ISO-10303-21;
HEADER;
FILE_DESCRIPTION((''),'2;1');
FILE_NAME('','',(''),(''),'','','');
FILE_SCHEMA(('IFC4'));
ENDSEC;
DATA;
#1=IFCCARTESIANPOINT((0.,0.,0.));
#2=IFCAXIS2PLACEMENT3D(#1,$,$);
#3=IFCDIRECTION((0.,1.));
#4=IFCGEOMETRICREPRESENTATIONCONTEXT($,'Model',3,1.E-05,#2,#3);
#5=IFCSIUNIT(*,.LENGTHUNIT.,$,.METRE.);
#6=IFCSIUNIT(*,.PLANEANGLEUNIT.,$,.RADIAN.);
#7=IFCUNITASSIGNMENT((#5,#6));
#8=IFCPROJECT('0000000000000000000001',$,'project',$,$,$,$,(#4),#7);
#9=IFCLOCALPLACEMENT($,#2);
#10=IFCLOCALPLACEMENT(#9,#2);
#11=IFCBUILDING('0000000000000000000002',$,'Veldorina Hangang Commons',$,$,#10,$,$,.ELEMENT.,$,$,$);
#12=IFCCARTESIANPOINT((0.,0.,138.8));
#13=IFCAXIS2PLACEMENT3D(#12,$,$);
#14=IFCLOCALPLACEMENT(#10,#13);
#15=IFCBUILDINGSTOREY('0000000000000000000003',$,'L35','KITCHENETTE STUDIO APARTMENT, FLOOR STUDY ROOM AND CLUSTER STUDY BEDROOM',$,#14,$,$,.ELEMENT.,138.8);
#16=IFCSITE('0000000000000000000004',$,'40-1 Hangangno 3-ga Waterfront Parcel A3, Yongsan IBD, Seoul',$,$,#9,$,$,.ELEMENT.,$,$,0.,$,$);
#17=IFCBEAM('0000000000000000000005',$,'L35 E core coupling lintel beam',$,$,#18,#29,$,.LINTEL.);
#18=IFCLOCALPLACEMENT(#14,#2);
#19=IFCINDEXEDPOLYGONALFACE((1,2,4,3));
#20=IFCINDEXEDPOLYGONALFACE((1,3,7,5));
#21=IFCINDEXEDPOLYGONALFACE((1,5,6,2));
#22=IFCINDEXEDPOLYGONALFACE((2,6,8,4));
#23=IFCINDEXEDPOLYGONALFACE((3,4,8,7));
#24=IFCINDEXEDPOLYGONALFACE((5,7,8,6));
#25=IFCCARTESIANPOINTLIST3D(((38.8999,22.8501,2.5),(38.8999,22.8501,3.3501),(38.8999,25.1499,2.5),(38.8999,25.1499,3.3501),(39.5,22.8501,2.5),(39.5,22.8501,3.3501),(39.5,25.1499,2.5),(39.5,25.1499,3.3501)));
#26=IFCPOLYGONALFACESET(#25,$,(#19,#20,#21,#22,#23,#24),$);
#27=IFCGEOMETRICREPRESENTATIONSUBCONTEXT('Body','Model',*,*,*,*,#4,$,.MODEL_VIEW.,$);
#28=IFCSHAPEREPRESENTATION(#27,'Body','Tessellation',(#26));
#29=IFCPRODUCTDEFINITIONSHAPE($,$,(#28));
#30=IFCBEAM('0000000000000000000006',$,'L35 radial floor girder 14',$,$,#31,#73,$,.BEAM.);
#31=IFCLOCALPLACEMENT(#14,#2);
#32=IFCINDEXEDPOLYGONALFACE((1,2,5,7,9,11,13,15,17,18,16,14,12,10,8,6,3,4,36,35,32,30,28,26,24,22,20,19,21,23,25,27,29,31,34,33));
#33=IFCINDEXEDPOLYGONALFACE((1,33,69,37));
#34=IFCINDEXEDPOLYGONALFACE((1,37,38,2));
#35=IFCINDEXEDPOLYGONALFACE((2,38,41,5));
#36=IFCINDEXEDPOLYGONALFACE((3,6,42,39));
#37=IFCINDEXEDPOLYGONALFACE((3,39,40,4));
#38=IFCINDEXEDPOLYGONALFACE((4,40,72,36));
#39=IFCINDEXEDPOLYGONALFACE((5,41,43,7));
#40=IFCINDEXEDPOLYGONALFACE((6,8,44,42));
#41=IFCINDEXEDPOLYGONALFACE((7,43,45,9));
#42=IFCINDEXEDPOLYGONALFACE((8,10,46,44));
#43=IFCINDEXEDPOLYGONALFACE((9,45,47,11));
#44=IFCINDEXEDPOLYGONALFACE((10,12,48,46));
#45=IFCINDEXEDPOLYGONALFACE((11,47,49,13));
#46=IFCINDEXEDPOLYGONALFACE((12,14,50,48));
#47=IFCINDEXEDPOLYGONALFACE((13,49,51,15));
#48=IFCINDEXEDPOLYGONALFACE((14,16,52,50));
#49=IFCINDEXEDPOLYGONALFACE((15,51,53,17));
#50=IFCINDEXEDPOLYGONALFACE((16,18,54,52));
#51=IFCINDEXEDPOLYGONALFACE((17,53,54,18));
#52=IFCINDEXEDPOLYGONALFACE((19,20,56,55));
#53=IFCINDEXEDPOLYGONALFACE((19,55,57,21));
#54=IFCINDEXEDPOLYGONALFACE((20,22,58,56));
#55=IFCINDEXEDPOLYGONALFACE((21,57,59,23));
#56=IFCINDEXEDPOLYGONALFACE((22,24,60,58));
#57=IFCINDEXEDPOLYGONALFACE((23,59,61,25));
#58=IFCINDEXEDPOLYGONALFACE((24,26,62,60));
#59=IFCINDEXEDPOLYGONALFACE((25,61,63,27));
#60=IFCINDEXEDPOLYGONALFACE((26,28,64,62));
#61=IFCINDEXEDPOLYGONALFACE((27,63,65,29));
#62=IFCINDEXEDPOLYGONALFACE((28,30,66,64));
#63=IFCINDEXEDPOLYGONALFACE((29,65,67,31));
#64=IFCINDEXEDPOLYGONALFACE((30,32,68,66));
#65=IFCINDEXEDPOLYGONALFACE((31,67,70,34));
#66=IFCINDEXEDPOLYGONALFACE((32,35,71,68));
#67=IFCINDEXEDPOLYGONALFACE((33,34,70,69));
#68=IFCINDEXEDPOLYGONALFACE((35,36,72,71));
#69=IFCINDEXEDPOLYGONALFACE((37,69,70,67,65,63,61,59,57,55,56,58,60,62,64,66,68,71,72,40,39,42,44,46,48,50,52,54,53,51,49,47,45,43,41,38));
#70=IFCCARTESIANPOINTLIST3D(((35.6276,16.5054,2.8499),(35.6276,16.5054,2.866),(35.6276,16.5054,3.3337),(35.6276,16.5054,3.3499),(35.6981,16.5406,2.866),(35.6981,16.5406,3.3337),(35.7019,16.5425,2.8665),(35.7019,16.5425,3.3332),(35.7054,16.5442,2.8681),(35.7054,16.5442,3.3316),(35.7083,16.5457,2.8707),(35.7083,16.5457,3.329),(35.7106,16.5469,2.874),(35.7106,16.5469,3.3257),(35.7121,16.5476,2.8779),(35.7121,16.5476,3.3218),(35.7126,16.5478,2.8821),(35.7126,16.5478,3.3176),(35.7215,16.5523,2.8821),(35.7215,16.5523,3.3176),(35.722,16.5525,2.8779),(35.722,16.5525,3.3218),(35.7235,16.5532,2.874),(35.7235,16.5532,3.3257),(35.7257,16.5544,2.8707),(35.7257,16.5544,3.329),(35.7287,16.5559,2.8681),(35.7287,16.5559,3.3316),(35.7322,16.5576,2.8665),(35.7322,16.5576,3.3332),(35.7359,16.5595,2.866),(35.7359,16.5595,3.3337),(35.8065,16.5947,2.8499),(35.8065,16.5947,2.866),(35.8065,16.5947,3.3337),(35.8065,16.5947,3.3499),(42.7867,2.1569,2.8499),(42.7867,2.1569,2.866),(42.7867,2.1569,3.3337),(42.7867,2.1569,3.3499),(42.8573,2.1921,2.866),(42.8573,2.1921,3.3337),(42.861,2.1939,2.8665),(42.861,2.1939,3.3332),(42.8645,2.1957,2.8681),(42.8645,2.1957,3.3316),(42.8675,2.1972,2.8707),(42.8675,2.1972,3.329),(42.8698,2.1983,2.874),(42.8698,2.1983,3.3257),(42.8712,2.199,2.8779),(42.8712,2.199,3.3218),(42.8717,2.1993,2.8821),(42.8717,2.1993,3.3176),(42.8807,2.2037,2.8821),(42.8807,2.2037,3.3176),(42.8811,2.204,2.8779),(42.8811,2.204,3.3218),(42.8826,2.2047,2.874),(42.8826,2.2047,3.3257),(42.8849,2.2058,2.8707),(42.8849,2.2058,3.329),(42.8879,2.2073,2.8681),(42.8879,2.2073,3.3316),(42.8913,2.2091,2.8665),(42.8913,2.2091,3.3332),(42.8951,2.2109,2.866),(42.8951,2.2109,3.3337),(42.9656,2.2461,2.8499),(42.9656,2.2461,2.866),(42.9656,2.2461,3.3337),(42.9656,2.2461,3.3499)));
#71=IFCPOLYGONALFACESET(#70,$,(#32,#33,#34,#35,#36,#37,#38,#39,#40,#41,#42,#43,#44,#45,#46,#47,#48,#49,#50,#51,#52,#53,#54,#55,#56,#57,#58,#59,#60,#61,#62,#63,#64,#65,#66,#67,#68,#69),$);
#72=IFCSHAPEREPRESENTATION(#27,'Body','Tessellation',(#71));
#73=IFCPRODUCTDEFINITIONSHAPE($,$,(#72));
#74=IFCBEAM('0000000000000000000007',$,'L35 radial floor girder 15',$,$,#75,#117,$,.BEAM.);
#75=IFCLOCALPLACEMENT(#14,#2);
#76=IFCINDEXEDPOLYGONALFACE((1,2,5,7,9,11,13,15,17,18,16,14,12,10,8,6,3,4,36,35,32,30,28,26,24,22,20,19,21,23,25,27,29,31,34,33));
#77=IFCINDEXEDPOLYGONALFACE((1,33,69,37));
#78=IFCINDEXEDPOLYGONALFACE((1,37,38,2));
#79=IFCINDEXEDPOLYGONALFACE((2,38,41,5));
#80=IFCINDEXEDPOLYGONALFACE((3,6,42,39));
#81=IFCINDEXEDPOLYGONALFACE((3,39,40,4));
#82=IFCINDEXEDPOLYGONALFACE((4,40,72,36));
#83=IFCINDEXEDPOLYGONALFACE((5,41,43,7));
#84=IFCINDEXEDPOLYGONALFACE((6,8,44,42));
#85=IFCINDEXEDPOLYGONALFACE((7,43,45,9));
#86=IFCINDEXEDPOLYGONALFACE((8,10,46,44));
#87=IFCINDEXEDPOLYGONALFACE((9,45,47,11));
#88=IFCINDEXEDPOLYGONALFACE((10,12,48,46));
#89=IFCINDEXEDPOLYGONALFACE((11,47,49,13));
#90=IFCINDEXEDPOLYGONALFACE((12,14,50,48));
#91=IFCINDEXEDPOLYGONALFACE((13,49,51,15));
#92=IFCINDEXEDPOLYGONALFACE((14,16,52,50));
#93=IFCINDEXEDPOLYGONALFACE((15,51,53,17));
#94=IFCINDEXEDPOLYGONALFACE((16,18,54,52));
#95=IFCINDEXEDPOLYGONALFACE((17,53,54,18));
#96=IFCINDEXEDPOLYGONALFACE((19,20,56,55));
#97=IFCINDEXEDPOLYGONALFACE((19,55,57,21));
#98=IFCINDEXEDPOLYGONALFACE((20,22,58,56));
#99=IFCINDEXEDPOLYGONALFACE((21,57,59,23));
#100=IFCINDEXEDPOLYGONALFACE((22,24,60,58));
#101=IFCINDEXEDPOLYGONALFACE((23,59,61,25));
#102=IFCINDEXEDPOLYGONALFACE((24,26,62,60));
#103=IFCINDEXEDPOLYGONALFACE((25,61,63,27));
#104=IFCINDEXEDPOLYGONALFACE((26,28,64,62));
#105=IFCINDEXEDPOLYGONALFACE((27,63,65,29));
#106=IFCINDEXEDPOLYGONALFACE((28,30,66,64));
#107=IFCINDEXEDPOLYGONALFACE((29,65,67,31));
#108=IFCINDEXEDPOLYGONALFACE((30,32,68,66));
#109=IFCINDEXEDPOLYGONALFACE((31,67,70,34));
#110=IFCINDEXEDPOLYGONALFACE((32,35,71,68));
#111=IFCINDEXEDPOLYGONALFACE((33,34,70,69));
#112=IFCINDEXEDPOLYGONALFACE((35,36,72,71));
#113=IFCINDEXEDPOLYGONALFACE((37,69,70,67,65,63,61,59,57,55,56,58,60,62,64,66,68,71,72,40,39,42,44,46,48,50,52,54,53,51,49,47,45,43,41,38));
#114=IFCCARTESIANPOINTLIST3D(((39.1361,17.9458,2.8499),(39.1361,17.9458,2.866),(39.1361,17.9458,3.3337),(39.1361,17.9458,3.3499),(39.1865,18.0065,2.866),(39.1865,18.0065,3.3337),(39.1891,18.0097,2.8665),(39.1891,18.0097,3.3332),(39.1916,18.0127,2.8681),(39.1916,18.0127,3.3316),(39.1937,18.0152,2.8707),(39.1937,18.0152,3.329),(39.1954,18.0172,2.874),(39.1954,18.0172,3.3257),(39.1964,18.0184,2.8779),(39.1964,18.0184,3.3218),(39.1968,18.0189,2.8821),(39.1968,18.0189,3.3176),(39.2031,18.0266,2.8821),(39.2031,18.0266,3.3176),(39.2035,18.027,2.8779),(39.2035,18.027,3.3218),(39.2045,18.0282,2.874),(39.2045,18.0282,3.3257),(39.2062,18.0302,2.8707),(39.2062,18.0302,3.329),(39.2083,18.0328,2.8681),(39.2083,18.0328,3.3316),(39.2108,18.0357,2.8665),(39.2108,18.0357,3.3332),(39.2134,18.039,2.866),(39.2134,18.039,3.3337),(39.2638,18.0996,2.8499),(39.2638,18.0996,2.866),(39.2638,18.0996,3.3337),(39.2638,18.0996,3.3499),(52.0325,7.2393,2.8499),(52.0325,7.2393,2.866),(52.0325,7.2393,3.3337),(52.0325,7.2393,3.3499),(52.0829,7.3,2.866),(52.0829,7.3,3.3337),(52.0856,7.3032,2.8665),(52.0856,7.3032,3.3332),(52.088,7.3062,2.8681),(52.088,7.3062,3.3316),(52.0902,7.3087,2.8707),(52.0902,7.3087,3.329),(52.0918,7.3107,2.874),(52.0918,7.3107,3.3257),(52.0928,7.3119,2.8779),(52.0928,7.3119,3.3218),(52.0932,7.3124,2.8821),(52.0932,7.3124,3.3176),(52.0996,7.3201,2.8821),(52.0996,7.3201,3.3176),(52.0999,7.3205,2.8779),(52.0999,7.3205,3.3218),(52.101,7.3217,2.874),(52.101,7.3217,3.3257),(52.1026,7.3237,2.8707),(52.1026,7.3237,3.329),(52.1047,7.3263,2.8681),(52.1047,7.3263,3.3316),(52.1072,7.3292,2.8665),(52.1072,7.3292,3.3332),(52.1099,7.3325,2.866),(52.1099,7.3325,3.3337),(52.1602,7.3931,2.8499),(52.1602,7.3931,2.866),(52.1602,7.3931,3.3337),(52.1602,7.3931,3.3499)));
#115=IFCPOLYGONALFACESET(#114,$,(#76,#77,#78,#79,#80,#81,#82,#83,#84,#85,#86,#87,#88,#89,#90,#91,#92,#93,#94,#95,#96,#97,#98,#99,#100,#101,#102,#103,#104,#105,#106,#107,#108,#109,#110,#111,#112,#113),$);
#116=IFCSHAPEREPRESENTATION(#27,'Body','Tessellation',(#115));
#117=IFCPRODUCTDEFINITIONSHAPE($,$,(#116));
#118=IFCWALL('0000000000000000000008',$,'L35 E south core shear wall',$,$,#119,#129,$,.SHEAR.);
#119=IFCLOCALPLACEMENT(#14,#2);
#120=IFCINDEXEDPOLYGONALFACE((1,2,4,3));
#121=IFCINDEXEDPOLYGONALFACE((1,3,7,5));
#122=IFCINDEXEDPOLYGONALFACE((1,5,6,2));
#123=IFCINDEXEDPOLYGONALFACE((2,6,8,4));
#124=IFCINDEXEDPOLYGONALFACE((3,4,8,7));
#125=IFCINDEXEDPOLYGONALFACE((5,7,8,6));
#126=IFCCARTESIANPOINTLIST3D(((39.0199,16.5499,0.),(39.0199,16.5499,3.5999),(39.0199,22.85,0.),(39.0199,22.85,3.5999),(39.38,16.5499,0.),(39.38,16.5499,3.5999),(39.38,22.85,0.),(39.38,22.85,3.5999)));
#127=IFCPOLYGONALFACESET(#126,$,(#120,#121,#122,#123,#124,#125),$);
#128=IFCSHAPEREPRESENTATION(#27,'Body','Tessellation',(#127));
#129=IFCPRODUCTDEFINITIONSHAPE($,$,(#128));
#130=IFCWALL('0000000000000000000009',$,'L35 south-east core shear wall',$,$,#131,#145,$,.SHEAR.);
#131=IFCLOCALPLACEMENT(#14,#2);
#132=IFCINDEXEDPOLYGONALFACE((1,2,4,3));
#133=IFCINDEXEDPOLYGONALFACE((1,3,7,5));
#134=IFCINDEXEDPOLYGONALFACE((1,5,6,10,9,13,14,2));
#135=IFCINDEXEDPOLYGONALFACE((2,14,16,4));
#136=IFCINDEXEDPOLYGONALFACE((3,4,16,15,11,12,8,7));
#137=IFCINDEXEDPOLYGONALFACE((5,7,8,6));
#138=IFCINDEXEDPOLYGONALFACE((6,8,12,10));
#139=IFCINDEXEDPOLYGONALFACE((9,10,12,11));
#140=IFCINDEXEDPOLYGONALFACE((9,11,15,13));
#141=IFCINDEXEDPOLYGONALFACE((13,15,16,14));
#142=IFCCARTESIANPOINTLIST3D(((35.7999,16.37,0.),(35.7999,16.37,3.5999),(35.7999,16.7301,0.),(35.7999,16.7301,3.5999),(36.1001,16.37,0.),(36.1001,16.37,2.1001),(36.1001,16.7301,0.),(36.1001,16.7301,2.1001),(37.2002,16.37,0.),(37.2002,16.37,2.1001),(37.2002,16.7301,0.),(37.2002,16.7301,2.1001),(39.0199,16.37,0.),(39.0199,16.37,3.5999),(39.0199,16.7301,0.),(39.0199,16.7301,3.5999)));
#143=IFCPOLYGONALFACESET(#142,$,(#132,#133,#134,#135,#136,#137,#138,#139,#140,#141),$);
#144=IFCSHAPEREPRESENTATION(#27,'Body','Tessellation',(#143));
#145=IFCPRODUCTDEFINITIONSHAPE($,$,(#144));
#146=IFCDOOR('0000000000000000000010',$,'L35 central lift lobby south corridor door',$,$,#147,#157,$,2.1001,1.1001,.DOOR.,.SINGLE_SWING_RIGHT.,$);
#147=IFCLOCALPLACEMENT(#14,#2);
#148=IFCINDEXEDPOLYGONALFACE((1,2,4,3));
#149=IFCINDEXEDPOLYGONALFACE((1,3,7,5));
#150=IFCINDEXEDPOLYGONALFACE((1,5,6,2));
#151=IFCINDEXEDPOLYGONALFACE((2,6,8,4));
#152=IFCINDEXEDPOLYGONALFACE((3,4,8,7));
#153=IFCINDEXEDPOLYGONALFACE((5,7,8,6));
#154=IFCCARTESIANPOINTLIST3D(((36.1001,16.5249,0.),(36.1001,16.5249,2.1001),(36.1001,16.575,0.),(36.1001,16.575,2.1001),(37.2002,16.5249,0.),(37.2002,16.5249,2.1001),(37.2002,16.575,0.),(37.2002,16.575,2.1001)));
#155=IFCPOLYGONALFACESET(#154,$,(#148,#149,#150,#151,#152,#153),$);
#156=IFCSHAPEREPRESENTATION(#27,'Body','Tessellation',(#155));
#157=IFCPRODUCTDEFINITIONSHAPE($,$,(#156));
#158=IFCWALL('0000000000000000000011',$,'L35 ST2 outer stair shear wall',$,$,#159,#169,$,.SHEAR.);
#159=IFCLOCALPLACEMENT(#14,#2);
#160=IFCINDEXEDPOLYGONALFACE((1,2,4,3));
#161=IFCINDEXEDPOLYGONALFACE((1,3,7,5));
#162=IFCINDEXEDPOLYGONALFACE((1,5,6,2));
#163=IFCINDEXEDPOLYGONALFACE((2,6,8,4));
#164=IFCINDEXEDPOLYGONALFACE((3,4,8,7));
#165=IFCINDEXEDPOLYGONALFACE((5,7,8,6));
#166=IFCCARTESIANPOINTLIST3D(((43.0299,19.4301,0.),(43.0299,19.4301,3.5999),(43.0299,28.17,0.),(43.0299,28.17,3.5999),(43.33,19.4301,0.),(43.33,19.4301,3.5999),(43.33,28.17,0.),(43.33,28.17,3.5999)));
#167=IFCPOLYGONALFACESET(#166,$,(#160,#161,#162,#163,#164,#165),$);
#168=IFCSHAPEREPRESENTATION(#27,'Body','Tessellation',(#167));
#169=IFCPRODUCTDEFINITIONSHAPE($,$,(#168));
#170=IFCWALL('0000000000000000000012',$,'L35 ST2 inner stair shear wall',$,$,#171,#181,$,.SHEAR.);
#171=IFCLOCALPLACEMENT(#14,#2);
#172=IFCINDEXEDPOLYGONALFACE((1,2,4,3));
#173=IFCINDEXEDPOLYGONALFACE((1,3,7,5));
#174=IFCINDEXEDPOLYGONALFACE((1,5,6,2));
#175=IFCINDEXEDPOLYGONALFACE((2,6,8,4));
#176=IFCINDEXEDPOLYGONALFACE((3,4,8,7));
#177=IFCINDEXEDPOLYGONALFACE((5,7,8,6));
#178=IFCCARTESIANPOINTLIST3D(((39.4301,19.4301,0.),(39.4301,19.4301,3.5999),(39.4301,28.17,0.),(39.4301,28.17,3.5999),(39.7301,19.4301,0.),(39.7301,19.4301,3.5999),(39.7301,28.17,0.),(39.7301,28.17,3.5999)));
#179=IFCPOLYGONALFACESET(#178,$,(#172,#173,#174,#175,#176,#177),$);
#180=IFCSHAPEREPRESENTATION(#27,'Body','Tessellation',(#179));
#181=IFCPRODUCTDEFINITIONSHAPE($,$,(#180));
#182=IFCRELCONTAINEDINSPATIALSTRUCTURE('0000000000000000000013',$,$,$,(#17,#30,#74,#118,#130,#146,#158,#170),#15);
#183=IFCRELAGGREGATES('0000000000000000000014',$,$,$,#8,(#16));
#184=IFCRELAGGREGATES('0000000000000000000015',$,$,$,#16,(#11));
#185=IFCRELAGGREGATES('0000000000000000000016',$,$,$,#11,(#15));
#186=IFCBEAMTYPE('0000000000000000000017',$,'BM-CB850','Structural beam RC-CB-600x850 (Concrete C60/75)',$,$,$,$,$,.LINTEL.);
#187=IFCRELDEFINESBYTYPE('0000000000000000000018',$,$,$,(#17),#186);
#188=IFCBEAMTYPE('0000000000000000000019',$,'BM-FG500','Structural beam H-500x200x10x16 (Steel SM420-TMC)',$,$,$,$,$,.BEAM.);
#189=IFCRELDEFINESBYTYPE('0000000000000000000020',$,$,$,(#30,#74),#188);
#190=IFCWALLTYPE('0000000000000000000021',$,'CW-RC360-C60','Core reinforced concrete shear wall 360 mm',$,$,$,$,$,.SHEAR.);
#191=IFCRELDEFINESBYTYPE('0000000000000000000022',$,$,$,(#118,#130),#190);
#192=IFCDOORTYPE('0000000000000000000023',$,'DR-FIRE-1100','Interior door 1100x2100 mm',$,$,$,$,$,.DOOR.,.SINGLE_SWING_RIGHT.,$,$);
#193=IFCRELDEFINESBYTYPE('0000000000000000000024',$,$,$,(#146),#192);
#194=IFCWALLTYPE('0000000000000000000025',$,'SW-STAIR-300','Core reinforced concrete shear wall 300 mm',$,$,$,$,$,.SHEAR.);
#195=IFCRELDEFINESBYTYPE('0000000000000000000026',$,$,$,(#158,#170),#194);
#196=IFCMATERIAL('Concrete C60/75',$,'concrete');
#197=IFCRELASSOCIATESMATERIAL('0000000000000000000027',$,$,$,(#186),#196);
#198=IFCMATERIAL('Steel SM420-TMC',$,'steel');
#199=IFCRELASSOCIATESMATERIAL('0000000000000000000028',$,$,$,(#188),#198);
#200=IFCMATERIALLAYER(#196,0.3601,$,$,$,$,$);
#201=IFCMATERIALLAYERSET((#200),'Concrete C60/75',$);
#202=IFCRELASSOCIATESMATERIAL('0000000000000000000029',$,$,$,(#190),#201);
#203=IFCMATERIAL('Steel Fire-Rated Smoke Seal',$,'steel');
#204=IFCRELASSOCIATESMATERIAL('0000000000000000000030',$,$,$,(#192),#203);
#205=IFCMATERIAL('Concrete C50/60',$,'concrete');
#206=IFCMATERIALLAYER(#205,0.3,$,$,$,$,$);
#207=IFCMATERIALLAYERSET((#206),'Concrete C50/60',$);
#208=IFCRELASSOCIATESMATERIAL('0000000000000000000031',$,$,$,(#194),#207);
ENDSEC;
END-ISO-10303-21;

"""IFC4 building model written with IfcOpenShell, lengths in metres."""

from ifc_helpers import new_model, si_unit, direction, frame, frame_2d, origin, origin_2d, place, context, subcontext, project, spatial, rectangle, i_section, extrude, material, layer, layer_set, material_profile, profile_set, type_object, element, fill, save


model = new_model("IFC4")

# Units and contexts
model_context = context("Model", 3, precision=1e-05, world=origin(), true_north=direction((0.0, 1.0)))
body_context = subcontext(model_context, "Body", "Model", "MODEL_VIEW")
ifc_project = project(units=[si_unit("LENGTHUNIT", "METRE"), si_unit("PLANEANGLEUNIT", "RADIAN")], contexts=[model_context])

# Site, building, storey
site_placement = place(None, origin())
site = spatial("IfcSite", under=ifc_project, at=site_placement, Name="40-1 Hangangno 3-ga Waterfront Parcel A3, Yongsan IBD, Seoul", CompositionType="ELEMENT", RefElevation=0.0)
building_placement = place(site_placement, origin())
building = spatial("IfcBuilding", under=site, at=building_placement, Name="Veldorina Hangang Commons", CompositionType="ELEMENT")
storey_placement = place(building_placement, frame((0.0, 0.0, 138.8)))
storey = spatial("IfcBuildingStorey", under=building, at=storey_placement, Name="L35", Description="KITCHENETTE STUDIO APARTMENT, FLOOR STUDY ROOM AND CLUSTER STUDY BEDROOM", CompositionType="ELEMENT", Elevation=138.8)

# Beams
ifc_material_1 = material(Name="Concrete C60/75", Category="concrete")
ifc_material_profile_1 = material_profile(ifc_material_1, rectangle(XDim=0.6001, YDim=0.8501, at=origin_2d()), Name="RC-CB-600x850")
ifc_profile_set_1 = profile_set([ifc_material_profile_1], Name="Concrete C60/75")
beam_type_1 = type_object("IfcBeamType", Name="BM-CB850", Description="Structural beam RC-CB-600x850 (Concrete C60/75)", PredefinedType="LINTEL", material=ifc_profile_set_1)
beam_1_placement = place(storey_placement, frame((39.2, 22.8501, 2.925), z_axis=(0.0, 1.0, 0.0), x_axis=(-1.0, 0.0, 0.0)))
element("IfcBeam", 1, at=beam_1_placement, inside=storey, type_object=beam_type_1, Name="L35 E core coupling lintel beam", PredefinedType="LINTEL", context=body_context, shape_type="SweptSolid", body=[
    extrude(rectangle(XDim=0.6001, YDim=0.8501, at=origin_2d()), origin(), (0.0, 0.0, 1.0), 2.2998),
])
ifc_material_2 = material(Name="Steel SM420-TMC", Category="steel")
ifc_material_profile_2 = material_profile(ifc_material_2, i_section(OverallWidth=0.2, OverallDepth=0.5, WebThickness=0.01, FlangeThickness=0.0161, FilletRadius=0.0161, at=origin_2d()), Name="H-500x200x10x16")
ifc_profile_set_2 = profile_set([ifc_material_profile_2], Name="Steel SM420-TMC")
beam_type_2 = type_object("IfcBeamType", Name="BM-FG500", Description="Structural beam H-500x200x10x16 (Steel SM420-TMC)", PredefinedType="BEAM", material=ifc_profile_set_2)
beam_2_placement = place(storey_placement, frame((35.717, 16.55, 3.0999), z_axis=(0.446458, -0.894804, 0.0), x_axis=(0.894804, 0.446458, 0.0)))
element("IfcBeam", 2, at=beam_2_placement, inside=storey, type_object=beam_type_2, Name="L35 radial floor girder 14", PredefinedType="BEAM", context=body_context, shape_type="SweptSolid", body=[
    extrude(i_section(OverallWidth=0.2, OverallDepth=0.5, WebThickness=0.01, FlangeThickness=0.0161, FilletRadius=0.0161, at=origin_2d()), origin(), (0.0, 0.0, 1.0), 16.0354),
])
beam_3_placement = place(storey_placement, frame((39.2, 18.0227, 3.0999), z_axis=(0.769409, -0.638756, 0.0), x_axis=(0.638756, 0.769409, 0.0)))
element("IfcBeam", 3, at=beam_3_placement, inside=storey, type_object=beam_type_2, Name="L35 radial floor girder 15", PredefinedType="BEAM", context=body_context, shape_type="SweptSolid", body=[
    extrude(i_section(OverallWidth=0.2, OverallDepth=0.5, WebThickness=0.01, FlangeThickness=0.0161, FilletRadius=0.0161, at=origin_2d()), origin(), (0.0, 0.0, 1.0), 16.7615),
])

# Wall
ifc_layer_1 = layer(ifc_material_1, 0.3601)
ifc_layer_set_1 = layer_set([ifc_layer_1], Name="Concrete C60/75")
wall_type_1 = type_object("IfcWallType", Name="CW-RC360-C60", Description="Core reinforced concrete shear wall 360 mm", PredefinedType="SHEAR", material=ifc_layer_set_1)
wall_1_placement = place(storey_placement, frame((39.2, 16.55, 0.0), z_axis=(0.0, 0.0, 1.0), x_axis=(0.0, 1.0, 0.0)))
element("IfcWall", 4, at=wall_1_placement, inside=storey, type_object=wall_type_1, Name="L35 E south core shear wall", PredefinedType="SHEAR", context=body_context, shape_type="SweptSolid", body=[
    extrude(rectangle(XDim=6.3, YDim=0.3601, at=frame_2d((3.1499, 0.0))), origin(), (0.0, 0.0, 1.0), 3.5999),
])

# Wall, opening, door
wall_2_placement = place(storey_placement, frame((35.8, 16.55, 0.0), z_axis=(0.0, 0.0, 1.0), x_axis=(1.0, 0.0, 0.0)))
wall_2 = element("IfcWall", 5, at=wall_2_placement, inside=storey, type_object=wall_type_1, Name="L35 south-east core shear wall", PredefinedType="SHEAR", context=body_context, shape_type="SweptSolid", body=[
    extrude(rectangle(XDim=3.22, YDim=0.3601, at=frame_2d((1.6099, 0.0))), origin(), (0.0, 0.0, 1.0), 3.5999),
])
opening_1_placement = place(wall_2_placement, frame((0.3, 0.0, 0.0)))
opening_1 = element("IfcOpeningElement", 6, at=opening_1_placement, cuts=wall_2, PredefinedType="OPENING", context=body_context, shape_type="SweptSolid", body=[
    extrude(rectangle(XDim=1.1001, YDim=2.1001, at=frame_2d((0.55, 1.05))), frame((0.0, 0.1899, 0.0), z_axis=(0.0, -1.0, 0.0), x_axis=(1.0, 0.0, 0.0)), (0.0, 0.0, 1.0), 0.3801),
])
ifc_material_3 = material(Name="Steel Fire-Rated Smoke Seal", Category="steel")
door_type_1 = type_object("IfcDoorType", Name="DR-FIRE-1100", Description="Interior door 1100x2100 mm", OperationType="SINGLE_SWING_RIGHT", PredefinedType="DOOR", material=ifc_material_3)
door_1_placement = place(opening_1_placement, origin())
door_1 = element("IfcDoor", 7, at=door_1_placement, inside=storey, type_object=door_type_1, Name="L35 central lift lobby south corridor door", OperationType="SINGLE_SWING_RIGHT", OverallHeight=2.1001, OverallWidth=1.1001, PredefinedType="DOOR", context=body_context, shape_type="SweptSolid", body=[
    extrude(rectangle(XDim=1.1001, YDim=2.1001, at=frame_2d((0.55, 1.05))), frame((0.0, 0.0249, 0.0), z_axis=(0.0, -1.0, 0.0), x_axis=(1.0, 0.0, 0.0)), (0.0, 0.0, 1.0), 0.05),
])
fill(opening_1, door_1)

# Walls
ifc_material_4 = material(Name="Concrete C50/60", Category="concrete")
ifc_layer_2 = layer(ifc_material_4, 0.3)
ifc_layer_set_2 = layer_set([ifc_layer_2], Name="Concrete C50/60")
wall_type_2 = type_object("IfcWallType", Name="SW-STAIR-300", Description="Core reinforced concrete shear wall 300 mm", PredefinedType="SHEAR", material=ifc_layer_set_2)
for number, where, z_axis, x_axis, name in (
    (8, (43.1799, 19.4299, 0.0), (0.0, 0.0, 1.0), (0.0, 1.0, 0.0), "L35 ST2 outer stair shear wall"),
    (9, (39.5801, 19.4299, 0.0), (0.0, 0.0, 1.0), (0.0, 1.0, 0.0), "L35 ST2 inner stair shear wall"),
):
    element("IfcWall", number, at=place(storey_placement, frame(where, z_axis=z_axis, x_axis=x_axis)), inside=storey, type_object=wall_type_2, Name=name, PredefinedType="SHEAR", context=body_context, shape_type="SweptSolid", body=[
        extrude(rectangle(XDim=8.74, YDim=0.3, at=frame_2d((4.3701, 0.0))), origin(), (0.0, 0.0, 1.0), 3.5999),
    ])

save(model, "model.ifc")
